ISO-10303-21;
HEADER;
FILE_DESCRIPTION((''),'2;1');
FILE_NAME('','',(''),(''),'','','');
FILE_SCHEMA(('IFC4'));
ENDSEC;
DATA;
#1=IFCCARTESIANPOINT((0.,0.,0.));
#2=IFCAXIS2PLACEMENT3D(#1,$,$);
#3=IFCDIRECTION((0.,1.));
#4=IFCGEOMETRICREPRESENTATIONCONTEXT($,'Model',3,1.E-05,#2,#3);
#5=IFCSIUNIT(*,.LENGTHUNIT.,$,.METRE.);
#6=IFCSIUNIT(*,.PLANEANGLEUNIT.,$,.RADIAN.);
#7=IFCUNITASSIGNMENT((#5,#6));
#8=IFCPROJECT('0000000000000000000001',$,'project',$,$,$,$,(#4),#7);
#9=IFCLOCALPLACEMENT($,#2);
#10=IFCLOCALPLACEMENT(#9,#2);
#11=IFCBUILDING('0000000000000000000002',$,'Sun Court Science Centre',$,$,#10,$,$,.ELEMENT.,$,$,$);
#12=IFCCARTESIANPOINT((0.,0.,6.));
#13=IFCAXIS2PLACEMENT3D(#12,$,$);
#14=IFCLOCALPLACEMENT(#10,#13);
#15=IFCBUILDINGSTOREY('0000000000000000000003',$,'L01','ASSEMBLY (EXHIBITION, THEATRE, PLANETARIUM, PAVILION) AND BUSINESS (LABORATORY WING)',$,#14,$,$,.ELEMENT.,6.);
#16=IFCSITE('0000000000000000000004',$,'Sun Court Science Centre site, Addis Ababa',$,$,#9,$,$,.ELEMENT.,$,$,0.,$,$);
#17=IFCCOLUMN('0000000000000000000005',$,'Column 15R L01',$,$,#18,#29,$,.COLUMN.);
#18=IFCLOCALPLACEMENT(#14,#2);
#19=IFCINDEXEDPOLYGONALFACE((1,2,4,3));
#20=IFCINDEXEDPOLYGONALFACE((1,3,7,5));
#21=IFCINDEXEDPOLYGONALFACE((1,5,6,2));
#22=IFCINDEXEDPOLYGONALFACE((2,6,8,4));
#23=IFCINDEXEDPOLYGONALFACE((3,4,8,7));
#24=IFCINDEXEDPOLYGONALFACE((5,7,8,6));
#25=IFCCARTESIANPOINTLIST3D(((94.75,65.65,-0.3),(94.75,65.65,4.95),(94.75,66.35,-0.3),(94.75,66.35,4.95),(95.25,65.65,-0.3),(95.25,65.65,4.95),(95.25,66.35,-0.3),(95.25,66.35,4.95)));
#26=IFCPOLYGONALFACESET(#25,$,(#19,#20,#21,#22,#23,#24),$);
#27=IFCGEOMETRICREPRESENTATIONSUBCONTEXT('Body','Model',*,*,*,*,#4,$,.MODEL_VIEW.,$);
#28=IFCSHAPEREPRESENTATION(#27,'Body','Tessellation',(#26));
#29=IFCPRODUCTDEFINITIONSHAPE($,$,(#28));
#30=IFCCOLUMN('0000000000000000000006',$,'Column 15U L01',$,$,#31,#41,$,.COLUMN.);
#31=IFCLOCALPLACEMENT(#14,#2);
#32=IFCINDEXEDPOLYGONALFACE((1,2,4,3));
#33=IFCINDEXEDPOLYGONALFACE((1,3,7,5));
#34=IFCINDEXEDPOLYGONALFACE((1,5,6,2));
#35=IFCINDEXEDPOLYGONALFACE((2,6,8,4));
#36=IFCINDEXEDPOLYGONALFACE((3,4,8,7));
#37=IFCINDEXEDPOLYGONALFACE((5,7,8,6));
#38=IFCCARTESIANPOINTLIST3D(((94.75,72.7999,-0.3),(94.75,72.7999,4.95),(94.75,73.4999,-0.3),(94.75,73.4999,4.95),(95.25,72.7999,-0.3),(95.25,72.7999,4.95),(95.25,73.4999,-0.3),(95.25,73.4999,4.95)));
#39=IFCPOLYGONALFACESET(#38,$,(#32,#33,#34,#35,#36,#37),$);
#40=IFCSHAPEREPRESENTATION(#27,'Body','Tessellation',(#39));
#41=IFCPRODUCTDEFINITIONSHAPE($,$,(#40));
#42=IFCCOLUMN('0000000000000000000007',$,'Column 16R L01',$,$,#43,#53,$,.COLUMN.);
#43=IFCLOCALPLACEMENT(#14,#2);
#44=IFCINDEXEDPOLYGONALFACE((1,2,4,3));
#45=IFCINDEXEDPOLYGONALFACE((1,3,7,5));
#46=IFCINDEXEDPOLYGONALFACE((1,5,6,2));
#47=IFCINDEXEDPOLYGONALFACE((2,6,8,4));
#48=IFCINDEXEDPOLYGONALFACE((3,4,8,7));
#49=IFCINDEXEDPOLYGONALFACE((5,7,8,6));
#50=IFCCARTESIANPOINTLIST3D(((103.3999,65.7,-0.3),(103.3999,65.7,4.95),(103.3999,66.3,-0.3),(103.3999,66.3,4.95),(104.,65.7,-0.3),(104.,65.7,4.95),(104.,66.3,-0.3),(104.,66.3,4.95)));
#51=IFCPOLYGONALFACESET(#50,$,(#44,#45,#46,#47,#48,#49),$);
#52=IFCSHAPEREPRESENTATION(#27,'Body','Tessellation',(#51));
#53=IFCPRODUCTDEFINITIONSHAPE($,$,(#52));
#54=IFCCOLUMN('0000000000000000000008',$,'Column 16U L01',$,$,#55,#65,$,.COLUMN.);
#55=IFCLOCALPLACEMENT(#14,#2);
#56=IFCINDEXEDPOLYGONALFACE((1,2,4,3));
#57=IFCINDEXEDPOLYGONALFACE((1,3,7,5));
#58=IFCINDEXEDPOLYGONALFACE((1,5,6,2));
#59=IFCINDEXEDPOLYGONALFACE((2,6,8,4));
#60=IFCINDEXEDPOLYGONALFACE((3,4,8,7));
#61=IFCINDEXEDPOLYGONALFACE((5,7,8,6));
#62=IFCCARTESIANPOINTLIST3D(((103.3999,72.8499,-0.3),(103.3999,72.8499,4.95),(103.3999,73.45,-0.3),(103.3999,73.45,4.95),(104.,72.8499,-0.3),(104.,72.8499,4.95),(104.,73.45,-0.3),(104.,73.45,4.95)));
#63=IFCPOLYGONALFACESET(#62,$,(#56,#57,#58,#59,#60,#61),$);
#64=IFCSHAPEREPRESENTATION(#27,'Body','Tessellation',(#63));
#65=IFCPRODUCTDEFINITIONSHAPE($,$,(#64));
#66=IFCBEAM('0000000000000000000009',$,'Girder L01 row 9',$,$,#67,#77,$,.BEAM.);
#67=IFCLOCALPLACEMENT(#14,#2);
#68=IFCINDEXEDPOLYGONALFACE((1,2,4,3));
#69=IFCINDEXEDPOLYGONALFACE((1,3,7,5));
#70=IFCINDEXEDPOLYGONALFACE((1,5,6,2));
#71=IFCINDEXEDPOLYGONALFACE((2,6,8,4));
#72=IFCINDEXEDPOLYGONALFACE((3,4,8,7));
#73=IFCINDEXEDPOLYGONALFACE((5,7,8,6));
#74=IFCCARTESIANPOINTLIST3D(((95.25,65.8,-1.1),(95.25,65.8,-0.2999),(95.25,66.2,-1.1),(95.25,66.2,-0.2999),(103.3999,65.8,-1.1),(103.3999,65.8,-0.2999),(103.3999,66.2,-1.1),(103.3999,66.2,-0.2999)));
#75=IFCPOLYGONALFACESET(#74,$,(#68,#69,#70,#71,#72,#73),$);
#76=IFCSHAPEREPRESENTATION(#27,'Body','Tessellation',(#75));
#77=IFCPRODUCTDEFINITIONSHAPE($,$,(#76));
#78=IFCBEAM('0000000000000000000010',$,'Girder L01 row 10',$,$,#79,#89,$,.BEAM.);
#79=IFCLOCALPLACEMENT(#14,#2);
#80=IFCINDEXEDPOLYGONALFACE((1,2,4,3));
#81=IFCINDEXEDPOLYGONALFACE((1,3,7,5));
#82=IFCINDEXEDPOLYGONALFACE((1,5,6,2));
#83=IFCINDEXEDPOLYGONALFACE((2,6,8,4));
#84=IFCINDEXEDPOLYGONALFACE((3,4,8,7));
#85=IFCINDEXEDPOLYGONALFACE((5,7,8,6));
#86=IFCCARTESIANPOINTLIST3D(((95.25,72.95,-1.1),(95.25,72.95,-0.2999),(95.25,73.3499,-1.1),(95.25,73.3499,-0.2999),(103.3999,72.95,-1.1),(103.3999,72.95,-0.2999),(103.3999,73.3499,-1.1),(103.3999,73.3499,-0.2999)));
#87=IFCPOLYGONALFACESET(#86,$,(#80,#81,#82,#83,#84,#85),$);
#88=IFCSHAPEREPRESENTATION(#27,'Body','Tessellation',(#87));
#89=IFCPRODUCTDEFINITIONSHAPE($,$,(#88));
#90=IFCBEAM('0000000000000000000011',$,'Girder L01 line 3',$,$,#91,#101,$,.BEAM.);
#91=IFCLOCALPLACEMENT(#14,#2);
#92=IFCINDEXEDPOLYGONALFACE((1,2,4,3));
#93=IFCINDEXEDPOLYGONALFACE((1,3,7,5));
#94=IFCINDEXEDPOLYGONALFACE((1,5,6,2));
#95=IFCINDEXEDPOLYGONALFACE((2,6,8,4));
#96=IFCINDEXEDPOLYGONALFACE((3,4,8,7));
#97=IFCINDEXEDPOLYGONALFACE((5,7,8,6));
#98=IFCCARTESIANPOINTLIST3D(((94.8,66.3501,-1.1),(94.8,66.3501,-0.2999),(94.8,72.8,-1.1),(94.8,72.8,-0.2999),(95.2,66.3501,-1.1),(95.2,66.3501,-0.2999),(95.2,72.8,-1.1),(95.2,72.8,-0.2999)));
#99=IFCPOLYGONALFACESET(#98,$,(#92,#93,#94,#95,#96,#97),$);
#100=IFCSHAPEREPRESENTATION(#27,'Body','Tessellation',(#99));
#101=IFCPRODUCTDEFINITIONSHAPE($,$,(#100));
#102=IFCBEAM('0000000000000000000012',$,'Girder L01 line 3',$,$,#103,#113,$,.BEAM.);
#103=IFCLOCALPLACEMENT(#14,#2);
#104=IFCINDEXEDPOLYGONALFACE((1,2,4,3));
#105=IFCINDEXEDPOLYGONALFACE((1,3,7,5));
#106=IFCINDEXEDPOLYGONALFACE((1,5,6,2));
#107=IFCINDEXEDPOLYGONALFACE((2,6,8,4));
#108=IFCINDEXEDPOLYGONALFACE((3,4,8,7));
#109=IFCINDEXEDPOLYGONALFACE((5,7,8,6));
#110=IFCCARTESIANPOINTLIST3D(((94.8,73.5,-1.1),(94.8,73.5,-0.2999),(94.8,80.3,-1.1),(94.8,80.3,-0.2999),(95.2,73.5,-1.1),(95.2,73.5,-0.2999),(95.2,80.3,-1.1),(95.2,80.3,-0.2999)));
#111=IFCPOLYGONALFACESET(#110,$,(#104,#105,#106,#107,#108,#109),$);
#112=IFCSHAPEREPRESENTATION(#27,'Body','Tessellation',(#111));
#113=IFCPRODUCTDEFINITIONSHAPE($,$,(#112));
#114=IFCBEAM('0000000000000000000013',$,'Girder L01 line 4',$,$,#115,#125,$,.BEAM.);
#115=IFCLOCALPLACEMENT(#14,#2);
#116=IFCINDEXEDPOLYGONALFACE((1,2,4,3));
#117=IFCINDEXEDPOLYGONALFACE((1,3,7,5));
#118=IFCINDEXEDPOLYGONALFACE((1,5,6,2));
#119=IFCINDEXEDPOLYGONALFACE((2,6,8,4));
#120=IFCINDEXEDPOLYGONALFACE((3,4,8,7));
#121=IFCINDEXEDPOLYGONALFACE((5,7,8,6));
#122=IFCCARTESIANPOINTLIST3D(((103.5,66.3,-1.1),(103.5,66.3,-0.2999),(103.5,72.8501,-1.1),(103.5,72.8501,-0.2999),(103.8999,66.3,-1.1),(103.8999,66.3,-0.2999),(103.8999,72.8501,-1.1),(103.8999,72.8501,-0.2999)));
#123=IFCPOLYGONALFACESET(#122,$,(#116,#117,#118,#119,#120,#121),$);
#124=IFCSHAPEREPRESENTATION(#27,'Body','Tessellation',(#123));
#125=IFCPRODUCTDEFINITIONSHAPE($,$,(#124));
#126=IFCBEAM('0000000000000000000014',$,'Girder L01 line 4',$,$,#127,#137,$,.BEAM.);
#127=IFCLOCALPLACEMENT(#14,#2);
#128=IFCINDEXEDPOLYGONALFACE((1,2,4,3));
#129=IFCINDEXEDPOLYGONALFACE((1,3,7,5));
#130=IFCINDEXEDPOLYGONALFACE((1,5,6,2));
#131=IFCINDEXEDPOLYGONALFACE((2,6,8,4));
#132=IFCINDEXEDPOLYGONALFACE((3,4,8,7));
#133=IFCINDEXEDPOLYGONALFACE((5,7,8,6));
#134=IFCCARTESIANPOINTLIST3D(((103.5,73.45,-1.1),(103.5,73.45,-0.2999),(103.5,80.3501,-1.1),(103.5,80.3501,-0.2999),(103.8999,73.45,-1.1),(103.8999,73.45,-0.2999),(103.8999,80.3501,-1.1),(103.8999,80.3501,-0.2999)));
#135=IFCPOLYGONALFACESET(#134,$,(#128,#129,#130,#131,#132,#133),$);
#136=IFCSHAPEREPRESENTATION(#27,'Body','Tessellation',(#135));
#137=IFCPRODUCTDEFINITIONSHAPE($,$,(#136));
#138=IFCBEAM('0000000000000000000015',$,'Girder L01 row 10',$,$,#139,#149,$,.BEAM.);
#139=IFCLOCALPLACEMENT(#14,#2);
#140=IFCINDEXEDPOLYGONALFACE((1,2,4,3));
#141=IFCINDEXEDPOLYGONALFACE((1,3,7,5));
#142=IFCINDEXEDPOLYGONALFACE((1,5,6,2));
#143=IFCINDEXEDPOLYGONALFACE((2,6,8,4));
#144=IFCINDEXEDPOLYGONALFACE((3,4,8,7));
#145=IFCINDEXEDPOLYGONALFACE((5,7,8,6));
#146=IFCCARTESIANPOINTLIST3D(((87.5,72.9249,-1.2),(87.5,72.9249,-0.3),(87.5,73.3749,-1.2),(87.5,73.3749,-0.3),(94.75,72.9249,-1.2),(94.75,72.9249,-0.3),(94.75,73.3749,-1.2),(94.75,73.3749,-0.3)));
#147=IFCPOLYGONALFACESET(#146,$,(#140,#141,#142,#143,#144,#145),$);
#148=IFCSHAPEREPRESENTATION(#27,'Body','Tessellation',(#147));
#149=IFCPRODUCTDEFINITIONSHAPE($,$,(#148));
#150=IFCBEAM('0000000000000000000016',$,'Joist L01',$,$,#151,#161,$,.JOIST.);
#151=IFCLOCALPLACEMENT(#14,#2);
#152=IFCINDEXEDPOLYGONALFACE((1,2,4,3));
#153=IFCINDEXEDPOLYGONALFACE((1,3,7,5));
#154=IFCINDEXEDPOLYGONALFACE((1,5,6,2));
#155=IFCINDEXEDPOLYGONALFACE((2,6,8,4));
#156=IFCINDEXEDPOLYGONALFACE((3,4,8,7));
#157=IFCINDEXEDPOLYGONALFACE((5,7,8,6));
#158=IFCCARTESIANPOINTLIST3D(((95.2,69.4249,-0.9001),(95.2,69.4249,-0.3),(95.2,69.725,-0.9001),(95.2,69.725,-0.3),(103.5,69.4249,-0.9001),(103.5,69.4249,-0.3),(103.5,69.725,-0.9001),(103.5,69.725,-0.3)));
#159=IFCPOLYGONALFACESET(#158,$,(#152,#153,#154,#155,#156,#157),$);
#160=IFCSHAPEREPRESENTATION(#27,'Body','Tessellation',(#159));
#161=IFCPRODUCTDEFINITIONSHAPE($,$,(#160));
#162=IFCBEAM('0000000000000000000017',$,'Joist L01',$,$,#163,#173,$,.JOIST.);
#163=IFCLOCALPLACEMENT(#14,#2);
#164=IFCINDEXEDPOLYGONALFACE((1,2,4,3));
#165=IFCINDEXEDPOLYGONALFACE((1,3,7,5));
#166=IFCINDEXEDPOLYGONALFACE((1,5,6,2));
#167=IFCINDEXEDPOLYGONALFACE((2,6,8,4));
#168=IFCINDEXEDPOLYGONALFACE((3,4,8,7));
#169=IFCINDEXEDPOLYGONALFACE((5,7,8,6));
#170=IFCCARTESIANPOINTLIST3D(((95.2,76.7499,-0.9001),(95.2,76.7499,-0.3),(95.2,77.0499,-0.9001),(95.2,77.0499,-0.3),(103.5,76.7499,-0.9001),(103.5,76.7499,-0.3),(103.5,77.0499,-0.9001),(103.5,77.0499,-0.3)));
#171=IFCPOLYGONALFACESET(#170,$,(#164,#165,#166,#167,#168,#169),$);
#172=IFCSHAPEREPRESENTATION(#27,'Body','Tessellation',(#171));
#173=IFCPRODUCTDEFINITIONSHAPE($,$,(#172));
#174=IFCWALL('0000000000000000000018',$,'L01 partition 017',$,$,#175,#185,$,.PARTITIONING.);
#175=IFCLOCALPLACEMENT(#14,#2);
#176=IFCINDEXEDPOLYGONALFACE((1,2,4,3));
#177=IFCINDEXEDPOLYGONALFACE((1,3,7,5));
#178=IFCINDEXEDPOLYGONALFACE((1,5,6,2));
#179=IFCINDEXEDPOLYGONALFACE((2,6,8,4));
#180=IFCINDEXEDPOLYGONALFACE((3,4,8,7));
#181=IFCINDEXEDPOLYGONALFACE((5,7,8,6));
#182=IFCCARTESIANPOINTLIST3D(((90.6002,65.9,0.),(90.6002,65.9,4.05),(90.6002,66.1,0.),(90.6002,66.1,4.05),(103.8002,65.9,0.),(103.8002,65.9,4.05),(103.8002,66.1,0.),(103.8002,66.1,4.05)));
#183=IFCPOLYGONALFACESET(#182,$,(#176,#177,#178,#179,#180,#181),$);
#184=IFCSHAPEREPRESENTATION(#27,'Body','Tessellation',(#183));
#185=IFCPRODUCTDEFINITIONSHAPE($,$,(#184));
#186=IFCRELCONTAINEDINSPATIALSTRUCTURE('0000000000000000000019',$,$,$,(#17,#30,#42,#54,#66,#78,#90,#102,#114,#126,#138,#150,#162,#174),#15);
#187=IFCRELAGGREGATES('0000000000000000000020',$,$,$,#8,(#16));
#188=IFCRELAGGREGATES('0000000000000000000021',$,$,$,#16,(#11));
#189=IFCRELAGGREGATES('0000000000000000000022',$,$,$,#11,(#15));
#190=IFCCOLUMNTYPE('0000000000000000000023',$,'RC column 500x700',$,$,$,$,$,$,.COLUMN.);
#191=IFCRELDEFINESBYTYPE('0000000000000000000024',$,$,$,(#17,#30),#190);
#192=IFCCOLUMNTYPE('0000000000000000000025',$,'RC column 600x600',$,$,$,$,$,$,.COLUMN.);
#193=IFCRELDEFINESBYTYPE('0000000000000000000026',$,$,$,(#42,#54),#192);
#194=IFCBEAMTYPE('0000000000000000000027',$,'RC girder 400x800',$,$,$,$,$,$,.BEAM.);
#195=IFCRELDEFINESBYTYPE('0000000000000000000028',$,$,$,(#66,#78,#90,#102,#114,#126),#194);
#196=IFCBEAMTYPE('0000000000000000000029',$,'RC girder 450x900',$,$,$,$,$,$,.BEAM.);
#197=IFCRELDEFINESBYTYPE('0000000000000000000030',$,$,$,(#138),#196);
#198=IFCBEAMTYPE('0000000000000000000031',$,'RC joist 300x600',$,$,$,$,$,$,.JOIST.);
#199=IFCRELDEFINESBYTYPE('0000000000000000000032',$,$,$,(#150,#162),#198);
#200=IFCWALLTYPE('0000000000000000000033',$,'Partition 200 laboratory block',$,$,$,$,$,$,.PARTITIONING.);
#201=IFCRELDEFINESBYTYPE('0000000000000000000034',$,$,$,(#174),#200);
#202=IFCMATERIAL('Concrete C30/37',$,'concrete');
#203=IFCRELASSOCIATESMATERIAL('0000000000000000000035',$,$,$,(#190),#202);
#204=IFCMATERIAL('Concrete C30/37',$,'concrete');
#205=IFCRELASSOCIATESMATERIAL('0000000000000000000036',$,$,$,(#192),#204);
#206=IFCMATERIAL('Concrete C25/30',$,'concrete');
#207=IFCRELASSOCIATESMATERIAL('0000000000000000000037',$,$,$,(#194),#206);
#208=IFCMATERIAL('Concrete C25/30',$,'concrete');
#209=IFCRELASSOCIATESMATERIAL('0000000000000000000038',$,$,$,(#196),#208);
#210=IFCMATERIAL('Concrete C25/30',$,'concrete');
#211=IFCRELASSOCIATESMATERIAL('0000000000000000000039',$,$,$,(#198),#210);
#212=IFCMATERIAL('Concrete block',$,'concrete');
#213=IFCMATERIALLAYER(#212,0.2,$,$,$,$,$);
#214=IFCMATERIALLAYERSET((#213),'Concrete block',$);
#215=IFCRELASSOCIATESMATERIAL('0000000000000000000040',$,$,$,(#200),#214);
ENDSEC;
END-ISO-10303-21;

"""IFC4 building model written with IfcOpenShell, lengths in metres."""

from ifc_helpers import new_model, si_unit, direction, frame, frame_2d, origin, origin_2d, place, context, subcontext, project, spatial, rectangle, extrude, material, layer, layer_set, material_profile, profile_set, type_object, element, save


model = new_model("IFC4")

# Units and contexts
model_context = context("Model", 3, precision=1e-05, world=origin(), true_north=direction((0.0, 1.0)))
body_context = subcontext(model_context, "Body", "Model", "MODEL_VIEW")
ifc_project = project(units=[si_unit("LENGTHUNIT", "METRE"), si_unit("PLANEANGLEUNIT", "RADIAN")], contexts=[model_context])

# Site, building, storey
site_placement = place(None, origin())
site = spatial("IfcSite", under=ifc_project, at=site_placement, Name="Sun Court Science Centre site, Addis Ababa", CompositionType="ELEMENT", RefElevation=0.0)
building_placement = place(site_placement, origin())
building = spatial("IfcBuilding", under=site, at=building_placement, Name="Sun Court Science Centre", CompositionType="ELEMENT")
storey_placement = place(building_placement, frame((0.0, 0.0, 6.0)))
storey = spatial("IfcBuildingStorey", under=building, at=storey_placement, Name="L01", Description="ASSEMBLY (EXHIBITION, THEATRE, PLANETARIUM, PAVILION) AND BUSINESS (LABORATORY WING)", CompositionType="ELEMENT", Elevation=6.0)

# Columns
ifc_material_1 = material(Name="Concrete C30/37", Category="concrete")
ifc_material_profile_1 = material_profile(ifc_material_1, rectangle(XDim=0.5, YDim=0.7, at=origin_2d()), Name="RC 500x700")
ifc_profile_set_1 = profile_set([ifc_material_profile_1], Name="Concrete C30/37")
column_type_1 = type_object("IfcColumnType", Name="RC column 500x700", PredefinedType="COLUMN", material=ifc_profile_set_1)
for number, where, z_axis, x_axis, name in (
    (1, (95.0, 66.0, -0.3), (0.0, 0.0, 1.0), (1.0, 0.0, 0.0), "Column 15R L01"),
    (2, (95.0, 73.1499, -0.3), (0.0, 0.0, 1.0), (1.0, 0.0, 0.0), "Column 15U L01"),
):
    element("IfcColumn", number, at=place(storey_placement, frame(where, z_axis=z_axis, x_axis=x_axis)), inside=storey, type_object=column_type_1, Name=name, PredefinedType="COLUMN", context=body_context, shape_type="SweptSolid", body=[
        extrude(rectangle(XDim=0.5, YDim=0.7, at=origin_2d()), origin(), (0.0, 0.0, 1.0), 5.25),
    ])
ifc_material_2 = material(Name="Concrete C30/37", Category="concrete")
ifc_material_profile_2 = material_profile(ifc_material_2, rectangle(XDim=0.6001, YDim=0.6001, at=origin_2d()), Name="RC 600x600")
ifc_profile_set_2 = profile_set([ifc_material_profile_2], Name="Concrete C30/37")
column_type_2 = type_object("IfcColumnType", Name="RC column 600x600", PredefinedType="COLUMN", material=ifc_profile_set_2)
for number, where, z_axis, x_axis, name in (
    (3, (103.7, 66.0, -0.3), (0.0, 0.0, 1.0), (1.0, 0.0, 0.0), "Column 16R L01"),
    (4, (103.7, 73.1499, -0.3), (0.0, 0.0, 1.0), (1.0, 0.0, 0.0), "Column 16U L01"),
):
    element("IfcColumn", number, at=place(storey_placement, frame(where, z_axis=z_axis, x_axis=x_axis)), inside=storey, type_object=column_type_2, Name=name, PredefinedType="COLUMN", context=body_context, shape_type="SweptSolid", body=[
        extrude(rectangle(XDim=0.6001, YDim=0.6001, at=origin_2d()), origin(), (0.0, 0.0, 1.0), 5.25),
    ])

# Beams
ifc_material_3 = material(Name="Concrete C25/30", Category="concrete")
ifc_material_profile_3 = material_profile(ifc_material_3, rectangle(XDim=0.3999, YDim=0.8, at=origin_2d()), Name="RC 400x800")
ifc_profile_set_3 = profile_set([ifc_material_profile_3], Name="Concrete C25/30")
beam_type_1 = type_object("IfcBeamType", Name="RC girder 400x800", PredefinedType="BEAM", material=ifc_profile_set_3)
for number, where, z_axis, x_axis, name in (
    (5, (95.25, 66.0, -0.7), (1.0, 0.0, 0.0), (0.0, 1.0, 0.0), "Girder L01 row 9"),
    (6, (95.25, 73.1499, -0.7), (1.0, 0.0, 0.0), (0.0, 1.0, 0.0), "Girder L01 row 10"),
):
    element("IfcBeam", number, at=place(storey_placement, frame(where, z_axis=z_axis, x_axis=x_axis)), inside=storey, type_object=beam_type_1, Name=name, PredefinedType="BEAM", context=body_context, shape_type="SweptSolid", body=[
        extrude(rectangle(XDim=0.3999, YDim=0.8, at=origin_2d()), origin(), (0.0, 0.0, 1.0), 8.1499),
    ])
beam_1_placement = place(storey_placement, frame((95.0, 66.3501, -0.7), z_axis=(0.0, 1.0, 0.0), x_axis=(-1.0, 0.0, 0.0)))
element("IfcBeam", 7, at=beam_1_placement, inside=storey, type_object=beam_type_1, Name="Girder L01 line 3", PredefinedType="BEAM", context=body_context, shape_type="SweptSolid", body=[
    extrude(rectangle(XDim=0.3999, YDim=0.8, at=origin_2d()), origin(), (0.0, 0.0, 1.0), 6.45),
])
beam_2_placement = place(storey_placement, frame((95.0, 73.5, -0.7), z_axis=(0.0, 1.0, 0.0), x_axis=(-1.0, 0.0, 0.0)))
element("IfcBeam", 8, at=beam_2_placement, inside=storey, type_object=beam_type_1, Name="Girder L01 line 3", PredefinedType="BEAM", context=body_context, shape_type="SweptSolid", body=[
    extrude(rectangle(XDim=0.3999, YDim=0.8, at=origin_2d()), origin(), (0.0, 0.0, 1.0), 6.8),
])
beam_3_placement = place(storey_placement, frame((103.7, 66.3, -0.7), z_axis=(0.0, 1.0, 0.0), x_axis=(-1.0, 0.0, 0.0)))
element("IfcBeam", 9, at=beam_3_placement, inside=storey, type_object=beam_type_1, Name="Girder L01 line 4", PredefinedType="BEAM", context=body_context, shape_type="SweptSolid", body=[
    extrude(rectangle(XDim=0.3999, YDim=0.8, at=origin_2d()), origin(), (0.0, 0.0, 1.0), 6.55),
])
beam_4_placement = place(storey_placement, frame((103.7, 73.45, -0.7), z_axis=(0.0, 1.0, 0.0), x_axis=(-1.0, 0.0, 0.0)))
element("IfcBeam", 10, at=beam_4_placement, inside=storey, type_object=beam_type_1, Name="Girder L01 line 4", PredefinedType="BEAM", context=body_context, shape_type="SweptSolid", body=[
    extrude(rectangle(XDim=0.3999, YDim=0.8, at=origin_2d()), origin(), (0.0, 0.0, 1.0), 6.9001),
])
ifc_material_4 = material(Name="Concrete C25/30", Category="concrete")
ifc_material_profile_4 = material_profile(ifc_material_4, rectangle(XDim=0.45, YDim=0.8999, at=origin_2d()), Name="RC 450x900")
ifc_profile_set_4 = profile_set([ifc_material_profile_4], Name="Concrete C25/30")
beam_type_2 = type_object("IfcBeamType", Name="RC girder 450x900", PredefinedType="BEAM", material=ifc_profile_set_4)
beam_5_placement = place(storey_placement, frame((87.5, 73.1499, -0.75), z_axis=(1.0, 0.0, 0.0), x_axis=(0.0, 1.0, 0.0)))
element("IfcBeam", 11, at=beam_5_placement, inside=storey, type_object=beam_type_2, Name="Girder L01 row 10", PredefinedType="BEAM", context=body_context, shape_type="SweptSolid", body=[
    extrude(rectangle(XDim=0.45, YDim=0.8999, at=origin_2d()), origin(), (0.0, 0.0, 1.0), 7.25),
])
ifc_material_5 = material(Name="Concrete C25/30", Category="concrete")
ifc_material_profile_5 = material_profile(ifc_material_5, rectangle(XDim=0.3, YDim=0.6001, at=origin_2d()), Name="RC 300x600")
ifc_profile_set_5 = profile_set([ifc_material_profile_5], Name="Concrete C25/30")
beam_type_3 = type_object("IfcBeamType", Name="RC joist 300x600", PredefinedType="JOIST", material=ifc_profile_set_5)
for number, where, z_axis, x_axis, name in (
    (12, (95.2, 69.575, -0.6001), (1.0, 0.0, 0.0), (0.0, 1.0, 0.0), "Joist L01"),
    (13, (95.2, 76.8999, -0.6001), (1.0, 0.0, 0.0), (0.0, 1.0, 0.0), "Joist L01"),
):
    element("IfcBeam", number, at=place(storey_placement, frame(where, z_axis=z_axis, x_axis=x_axis)), inside=storey, type_object=beam_type_3, Name=name, PredefinedType="JOIST", context=body_context, shape_type="SweptSolid", body=[
        extrude(rectangle(XDim=0.3, YDim=0.6001, at=origin_2d()), origin(), (0.0, 0.0, 1.0), 8.3),
    ])

# Wall
ifc_material_6 = material(Name="Concrete block", Category="concrete")
ifc_layer_1 = layer(ifc_material_6, 0.2)
ifc_layer_set_1 = layer_set([ifc_layer_1], Name="Concrete block")
wall_type_1 = type_object("IfcWallType", Name="Partition 200 laboratory block", PredefinedType="PARTITIONING", material=ifc_layer_set_1)
wall_1_placement = place(storey_placement, frame((90.6001, 66.0, 0.0), z_axis=(0.0, 0.0, 1.0), x_axis=(1.0, 0.0, 0.0)))
element("IfcWall", 14, at=wall_1_placement, inside=storey, type_object=wall_type_1, Name="L01 partition 017", PredefinedType="PARTITIONING", context=body_context, shape_type="SweptSolid", body=[
    extrude(rectangle(XDim=13.2, YDim=0.2, at=frame_2d((6.6001, 0.0))), origin(), (0.0, 0.0, 1.0), 4.05),
])

save(model, "model.ifc")
